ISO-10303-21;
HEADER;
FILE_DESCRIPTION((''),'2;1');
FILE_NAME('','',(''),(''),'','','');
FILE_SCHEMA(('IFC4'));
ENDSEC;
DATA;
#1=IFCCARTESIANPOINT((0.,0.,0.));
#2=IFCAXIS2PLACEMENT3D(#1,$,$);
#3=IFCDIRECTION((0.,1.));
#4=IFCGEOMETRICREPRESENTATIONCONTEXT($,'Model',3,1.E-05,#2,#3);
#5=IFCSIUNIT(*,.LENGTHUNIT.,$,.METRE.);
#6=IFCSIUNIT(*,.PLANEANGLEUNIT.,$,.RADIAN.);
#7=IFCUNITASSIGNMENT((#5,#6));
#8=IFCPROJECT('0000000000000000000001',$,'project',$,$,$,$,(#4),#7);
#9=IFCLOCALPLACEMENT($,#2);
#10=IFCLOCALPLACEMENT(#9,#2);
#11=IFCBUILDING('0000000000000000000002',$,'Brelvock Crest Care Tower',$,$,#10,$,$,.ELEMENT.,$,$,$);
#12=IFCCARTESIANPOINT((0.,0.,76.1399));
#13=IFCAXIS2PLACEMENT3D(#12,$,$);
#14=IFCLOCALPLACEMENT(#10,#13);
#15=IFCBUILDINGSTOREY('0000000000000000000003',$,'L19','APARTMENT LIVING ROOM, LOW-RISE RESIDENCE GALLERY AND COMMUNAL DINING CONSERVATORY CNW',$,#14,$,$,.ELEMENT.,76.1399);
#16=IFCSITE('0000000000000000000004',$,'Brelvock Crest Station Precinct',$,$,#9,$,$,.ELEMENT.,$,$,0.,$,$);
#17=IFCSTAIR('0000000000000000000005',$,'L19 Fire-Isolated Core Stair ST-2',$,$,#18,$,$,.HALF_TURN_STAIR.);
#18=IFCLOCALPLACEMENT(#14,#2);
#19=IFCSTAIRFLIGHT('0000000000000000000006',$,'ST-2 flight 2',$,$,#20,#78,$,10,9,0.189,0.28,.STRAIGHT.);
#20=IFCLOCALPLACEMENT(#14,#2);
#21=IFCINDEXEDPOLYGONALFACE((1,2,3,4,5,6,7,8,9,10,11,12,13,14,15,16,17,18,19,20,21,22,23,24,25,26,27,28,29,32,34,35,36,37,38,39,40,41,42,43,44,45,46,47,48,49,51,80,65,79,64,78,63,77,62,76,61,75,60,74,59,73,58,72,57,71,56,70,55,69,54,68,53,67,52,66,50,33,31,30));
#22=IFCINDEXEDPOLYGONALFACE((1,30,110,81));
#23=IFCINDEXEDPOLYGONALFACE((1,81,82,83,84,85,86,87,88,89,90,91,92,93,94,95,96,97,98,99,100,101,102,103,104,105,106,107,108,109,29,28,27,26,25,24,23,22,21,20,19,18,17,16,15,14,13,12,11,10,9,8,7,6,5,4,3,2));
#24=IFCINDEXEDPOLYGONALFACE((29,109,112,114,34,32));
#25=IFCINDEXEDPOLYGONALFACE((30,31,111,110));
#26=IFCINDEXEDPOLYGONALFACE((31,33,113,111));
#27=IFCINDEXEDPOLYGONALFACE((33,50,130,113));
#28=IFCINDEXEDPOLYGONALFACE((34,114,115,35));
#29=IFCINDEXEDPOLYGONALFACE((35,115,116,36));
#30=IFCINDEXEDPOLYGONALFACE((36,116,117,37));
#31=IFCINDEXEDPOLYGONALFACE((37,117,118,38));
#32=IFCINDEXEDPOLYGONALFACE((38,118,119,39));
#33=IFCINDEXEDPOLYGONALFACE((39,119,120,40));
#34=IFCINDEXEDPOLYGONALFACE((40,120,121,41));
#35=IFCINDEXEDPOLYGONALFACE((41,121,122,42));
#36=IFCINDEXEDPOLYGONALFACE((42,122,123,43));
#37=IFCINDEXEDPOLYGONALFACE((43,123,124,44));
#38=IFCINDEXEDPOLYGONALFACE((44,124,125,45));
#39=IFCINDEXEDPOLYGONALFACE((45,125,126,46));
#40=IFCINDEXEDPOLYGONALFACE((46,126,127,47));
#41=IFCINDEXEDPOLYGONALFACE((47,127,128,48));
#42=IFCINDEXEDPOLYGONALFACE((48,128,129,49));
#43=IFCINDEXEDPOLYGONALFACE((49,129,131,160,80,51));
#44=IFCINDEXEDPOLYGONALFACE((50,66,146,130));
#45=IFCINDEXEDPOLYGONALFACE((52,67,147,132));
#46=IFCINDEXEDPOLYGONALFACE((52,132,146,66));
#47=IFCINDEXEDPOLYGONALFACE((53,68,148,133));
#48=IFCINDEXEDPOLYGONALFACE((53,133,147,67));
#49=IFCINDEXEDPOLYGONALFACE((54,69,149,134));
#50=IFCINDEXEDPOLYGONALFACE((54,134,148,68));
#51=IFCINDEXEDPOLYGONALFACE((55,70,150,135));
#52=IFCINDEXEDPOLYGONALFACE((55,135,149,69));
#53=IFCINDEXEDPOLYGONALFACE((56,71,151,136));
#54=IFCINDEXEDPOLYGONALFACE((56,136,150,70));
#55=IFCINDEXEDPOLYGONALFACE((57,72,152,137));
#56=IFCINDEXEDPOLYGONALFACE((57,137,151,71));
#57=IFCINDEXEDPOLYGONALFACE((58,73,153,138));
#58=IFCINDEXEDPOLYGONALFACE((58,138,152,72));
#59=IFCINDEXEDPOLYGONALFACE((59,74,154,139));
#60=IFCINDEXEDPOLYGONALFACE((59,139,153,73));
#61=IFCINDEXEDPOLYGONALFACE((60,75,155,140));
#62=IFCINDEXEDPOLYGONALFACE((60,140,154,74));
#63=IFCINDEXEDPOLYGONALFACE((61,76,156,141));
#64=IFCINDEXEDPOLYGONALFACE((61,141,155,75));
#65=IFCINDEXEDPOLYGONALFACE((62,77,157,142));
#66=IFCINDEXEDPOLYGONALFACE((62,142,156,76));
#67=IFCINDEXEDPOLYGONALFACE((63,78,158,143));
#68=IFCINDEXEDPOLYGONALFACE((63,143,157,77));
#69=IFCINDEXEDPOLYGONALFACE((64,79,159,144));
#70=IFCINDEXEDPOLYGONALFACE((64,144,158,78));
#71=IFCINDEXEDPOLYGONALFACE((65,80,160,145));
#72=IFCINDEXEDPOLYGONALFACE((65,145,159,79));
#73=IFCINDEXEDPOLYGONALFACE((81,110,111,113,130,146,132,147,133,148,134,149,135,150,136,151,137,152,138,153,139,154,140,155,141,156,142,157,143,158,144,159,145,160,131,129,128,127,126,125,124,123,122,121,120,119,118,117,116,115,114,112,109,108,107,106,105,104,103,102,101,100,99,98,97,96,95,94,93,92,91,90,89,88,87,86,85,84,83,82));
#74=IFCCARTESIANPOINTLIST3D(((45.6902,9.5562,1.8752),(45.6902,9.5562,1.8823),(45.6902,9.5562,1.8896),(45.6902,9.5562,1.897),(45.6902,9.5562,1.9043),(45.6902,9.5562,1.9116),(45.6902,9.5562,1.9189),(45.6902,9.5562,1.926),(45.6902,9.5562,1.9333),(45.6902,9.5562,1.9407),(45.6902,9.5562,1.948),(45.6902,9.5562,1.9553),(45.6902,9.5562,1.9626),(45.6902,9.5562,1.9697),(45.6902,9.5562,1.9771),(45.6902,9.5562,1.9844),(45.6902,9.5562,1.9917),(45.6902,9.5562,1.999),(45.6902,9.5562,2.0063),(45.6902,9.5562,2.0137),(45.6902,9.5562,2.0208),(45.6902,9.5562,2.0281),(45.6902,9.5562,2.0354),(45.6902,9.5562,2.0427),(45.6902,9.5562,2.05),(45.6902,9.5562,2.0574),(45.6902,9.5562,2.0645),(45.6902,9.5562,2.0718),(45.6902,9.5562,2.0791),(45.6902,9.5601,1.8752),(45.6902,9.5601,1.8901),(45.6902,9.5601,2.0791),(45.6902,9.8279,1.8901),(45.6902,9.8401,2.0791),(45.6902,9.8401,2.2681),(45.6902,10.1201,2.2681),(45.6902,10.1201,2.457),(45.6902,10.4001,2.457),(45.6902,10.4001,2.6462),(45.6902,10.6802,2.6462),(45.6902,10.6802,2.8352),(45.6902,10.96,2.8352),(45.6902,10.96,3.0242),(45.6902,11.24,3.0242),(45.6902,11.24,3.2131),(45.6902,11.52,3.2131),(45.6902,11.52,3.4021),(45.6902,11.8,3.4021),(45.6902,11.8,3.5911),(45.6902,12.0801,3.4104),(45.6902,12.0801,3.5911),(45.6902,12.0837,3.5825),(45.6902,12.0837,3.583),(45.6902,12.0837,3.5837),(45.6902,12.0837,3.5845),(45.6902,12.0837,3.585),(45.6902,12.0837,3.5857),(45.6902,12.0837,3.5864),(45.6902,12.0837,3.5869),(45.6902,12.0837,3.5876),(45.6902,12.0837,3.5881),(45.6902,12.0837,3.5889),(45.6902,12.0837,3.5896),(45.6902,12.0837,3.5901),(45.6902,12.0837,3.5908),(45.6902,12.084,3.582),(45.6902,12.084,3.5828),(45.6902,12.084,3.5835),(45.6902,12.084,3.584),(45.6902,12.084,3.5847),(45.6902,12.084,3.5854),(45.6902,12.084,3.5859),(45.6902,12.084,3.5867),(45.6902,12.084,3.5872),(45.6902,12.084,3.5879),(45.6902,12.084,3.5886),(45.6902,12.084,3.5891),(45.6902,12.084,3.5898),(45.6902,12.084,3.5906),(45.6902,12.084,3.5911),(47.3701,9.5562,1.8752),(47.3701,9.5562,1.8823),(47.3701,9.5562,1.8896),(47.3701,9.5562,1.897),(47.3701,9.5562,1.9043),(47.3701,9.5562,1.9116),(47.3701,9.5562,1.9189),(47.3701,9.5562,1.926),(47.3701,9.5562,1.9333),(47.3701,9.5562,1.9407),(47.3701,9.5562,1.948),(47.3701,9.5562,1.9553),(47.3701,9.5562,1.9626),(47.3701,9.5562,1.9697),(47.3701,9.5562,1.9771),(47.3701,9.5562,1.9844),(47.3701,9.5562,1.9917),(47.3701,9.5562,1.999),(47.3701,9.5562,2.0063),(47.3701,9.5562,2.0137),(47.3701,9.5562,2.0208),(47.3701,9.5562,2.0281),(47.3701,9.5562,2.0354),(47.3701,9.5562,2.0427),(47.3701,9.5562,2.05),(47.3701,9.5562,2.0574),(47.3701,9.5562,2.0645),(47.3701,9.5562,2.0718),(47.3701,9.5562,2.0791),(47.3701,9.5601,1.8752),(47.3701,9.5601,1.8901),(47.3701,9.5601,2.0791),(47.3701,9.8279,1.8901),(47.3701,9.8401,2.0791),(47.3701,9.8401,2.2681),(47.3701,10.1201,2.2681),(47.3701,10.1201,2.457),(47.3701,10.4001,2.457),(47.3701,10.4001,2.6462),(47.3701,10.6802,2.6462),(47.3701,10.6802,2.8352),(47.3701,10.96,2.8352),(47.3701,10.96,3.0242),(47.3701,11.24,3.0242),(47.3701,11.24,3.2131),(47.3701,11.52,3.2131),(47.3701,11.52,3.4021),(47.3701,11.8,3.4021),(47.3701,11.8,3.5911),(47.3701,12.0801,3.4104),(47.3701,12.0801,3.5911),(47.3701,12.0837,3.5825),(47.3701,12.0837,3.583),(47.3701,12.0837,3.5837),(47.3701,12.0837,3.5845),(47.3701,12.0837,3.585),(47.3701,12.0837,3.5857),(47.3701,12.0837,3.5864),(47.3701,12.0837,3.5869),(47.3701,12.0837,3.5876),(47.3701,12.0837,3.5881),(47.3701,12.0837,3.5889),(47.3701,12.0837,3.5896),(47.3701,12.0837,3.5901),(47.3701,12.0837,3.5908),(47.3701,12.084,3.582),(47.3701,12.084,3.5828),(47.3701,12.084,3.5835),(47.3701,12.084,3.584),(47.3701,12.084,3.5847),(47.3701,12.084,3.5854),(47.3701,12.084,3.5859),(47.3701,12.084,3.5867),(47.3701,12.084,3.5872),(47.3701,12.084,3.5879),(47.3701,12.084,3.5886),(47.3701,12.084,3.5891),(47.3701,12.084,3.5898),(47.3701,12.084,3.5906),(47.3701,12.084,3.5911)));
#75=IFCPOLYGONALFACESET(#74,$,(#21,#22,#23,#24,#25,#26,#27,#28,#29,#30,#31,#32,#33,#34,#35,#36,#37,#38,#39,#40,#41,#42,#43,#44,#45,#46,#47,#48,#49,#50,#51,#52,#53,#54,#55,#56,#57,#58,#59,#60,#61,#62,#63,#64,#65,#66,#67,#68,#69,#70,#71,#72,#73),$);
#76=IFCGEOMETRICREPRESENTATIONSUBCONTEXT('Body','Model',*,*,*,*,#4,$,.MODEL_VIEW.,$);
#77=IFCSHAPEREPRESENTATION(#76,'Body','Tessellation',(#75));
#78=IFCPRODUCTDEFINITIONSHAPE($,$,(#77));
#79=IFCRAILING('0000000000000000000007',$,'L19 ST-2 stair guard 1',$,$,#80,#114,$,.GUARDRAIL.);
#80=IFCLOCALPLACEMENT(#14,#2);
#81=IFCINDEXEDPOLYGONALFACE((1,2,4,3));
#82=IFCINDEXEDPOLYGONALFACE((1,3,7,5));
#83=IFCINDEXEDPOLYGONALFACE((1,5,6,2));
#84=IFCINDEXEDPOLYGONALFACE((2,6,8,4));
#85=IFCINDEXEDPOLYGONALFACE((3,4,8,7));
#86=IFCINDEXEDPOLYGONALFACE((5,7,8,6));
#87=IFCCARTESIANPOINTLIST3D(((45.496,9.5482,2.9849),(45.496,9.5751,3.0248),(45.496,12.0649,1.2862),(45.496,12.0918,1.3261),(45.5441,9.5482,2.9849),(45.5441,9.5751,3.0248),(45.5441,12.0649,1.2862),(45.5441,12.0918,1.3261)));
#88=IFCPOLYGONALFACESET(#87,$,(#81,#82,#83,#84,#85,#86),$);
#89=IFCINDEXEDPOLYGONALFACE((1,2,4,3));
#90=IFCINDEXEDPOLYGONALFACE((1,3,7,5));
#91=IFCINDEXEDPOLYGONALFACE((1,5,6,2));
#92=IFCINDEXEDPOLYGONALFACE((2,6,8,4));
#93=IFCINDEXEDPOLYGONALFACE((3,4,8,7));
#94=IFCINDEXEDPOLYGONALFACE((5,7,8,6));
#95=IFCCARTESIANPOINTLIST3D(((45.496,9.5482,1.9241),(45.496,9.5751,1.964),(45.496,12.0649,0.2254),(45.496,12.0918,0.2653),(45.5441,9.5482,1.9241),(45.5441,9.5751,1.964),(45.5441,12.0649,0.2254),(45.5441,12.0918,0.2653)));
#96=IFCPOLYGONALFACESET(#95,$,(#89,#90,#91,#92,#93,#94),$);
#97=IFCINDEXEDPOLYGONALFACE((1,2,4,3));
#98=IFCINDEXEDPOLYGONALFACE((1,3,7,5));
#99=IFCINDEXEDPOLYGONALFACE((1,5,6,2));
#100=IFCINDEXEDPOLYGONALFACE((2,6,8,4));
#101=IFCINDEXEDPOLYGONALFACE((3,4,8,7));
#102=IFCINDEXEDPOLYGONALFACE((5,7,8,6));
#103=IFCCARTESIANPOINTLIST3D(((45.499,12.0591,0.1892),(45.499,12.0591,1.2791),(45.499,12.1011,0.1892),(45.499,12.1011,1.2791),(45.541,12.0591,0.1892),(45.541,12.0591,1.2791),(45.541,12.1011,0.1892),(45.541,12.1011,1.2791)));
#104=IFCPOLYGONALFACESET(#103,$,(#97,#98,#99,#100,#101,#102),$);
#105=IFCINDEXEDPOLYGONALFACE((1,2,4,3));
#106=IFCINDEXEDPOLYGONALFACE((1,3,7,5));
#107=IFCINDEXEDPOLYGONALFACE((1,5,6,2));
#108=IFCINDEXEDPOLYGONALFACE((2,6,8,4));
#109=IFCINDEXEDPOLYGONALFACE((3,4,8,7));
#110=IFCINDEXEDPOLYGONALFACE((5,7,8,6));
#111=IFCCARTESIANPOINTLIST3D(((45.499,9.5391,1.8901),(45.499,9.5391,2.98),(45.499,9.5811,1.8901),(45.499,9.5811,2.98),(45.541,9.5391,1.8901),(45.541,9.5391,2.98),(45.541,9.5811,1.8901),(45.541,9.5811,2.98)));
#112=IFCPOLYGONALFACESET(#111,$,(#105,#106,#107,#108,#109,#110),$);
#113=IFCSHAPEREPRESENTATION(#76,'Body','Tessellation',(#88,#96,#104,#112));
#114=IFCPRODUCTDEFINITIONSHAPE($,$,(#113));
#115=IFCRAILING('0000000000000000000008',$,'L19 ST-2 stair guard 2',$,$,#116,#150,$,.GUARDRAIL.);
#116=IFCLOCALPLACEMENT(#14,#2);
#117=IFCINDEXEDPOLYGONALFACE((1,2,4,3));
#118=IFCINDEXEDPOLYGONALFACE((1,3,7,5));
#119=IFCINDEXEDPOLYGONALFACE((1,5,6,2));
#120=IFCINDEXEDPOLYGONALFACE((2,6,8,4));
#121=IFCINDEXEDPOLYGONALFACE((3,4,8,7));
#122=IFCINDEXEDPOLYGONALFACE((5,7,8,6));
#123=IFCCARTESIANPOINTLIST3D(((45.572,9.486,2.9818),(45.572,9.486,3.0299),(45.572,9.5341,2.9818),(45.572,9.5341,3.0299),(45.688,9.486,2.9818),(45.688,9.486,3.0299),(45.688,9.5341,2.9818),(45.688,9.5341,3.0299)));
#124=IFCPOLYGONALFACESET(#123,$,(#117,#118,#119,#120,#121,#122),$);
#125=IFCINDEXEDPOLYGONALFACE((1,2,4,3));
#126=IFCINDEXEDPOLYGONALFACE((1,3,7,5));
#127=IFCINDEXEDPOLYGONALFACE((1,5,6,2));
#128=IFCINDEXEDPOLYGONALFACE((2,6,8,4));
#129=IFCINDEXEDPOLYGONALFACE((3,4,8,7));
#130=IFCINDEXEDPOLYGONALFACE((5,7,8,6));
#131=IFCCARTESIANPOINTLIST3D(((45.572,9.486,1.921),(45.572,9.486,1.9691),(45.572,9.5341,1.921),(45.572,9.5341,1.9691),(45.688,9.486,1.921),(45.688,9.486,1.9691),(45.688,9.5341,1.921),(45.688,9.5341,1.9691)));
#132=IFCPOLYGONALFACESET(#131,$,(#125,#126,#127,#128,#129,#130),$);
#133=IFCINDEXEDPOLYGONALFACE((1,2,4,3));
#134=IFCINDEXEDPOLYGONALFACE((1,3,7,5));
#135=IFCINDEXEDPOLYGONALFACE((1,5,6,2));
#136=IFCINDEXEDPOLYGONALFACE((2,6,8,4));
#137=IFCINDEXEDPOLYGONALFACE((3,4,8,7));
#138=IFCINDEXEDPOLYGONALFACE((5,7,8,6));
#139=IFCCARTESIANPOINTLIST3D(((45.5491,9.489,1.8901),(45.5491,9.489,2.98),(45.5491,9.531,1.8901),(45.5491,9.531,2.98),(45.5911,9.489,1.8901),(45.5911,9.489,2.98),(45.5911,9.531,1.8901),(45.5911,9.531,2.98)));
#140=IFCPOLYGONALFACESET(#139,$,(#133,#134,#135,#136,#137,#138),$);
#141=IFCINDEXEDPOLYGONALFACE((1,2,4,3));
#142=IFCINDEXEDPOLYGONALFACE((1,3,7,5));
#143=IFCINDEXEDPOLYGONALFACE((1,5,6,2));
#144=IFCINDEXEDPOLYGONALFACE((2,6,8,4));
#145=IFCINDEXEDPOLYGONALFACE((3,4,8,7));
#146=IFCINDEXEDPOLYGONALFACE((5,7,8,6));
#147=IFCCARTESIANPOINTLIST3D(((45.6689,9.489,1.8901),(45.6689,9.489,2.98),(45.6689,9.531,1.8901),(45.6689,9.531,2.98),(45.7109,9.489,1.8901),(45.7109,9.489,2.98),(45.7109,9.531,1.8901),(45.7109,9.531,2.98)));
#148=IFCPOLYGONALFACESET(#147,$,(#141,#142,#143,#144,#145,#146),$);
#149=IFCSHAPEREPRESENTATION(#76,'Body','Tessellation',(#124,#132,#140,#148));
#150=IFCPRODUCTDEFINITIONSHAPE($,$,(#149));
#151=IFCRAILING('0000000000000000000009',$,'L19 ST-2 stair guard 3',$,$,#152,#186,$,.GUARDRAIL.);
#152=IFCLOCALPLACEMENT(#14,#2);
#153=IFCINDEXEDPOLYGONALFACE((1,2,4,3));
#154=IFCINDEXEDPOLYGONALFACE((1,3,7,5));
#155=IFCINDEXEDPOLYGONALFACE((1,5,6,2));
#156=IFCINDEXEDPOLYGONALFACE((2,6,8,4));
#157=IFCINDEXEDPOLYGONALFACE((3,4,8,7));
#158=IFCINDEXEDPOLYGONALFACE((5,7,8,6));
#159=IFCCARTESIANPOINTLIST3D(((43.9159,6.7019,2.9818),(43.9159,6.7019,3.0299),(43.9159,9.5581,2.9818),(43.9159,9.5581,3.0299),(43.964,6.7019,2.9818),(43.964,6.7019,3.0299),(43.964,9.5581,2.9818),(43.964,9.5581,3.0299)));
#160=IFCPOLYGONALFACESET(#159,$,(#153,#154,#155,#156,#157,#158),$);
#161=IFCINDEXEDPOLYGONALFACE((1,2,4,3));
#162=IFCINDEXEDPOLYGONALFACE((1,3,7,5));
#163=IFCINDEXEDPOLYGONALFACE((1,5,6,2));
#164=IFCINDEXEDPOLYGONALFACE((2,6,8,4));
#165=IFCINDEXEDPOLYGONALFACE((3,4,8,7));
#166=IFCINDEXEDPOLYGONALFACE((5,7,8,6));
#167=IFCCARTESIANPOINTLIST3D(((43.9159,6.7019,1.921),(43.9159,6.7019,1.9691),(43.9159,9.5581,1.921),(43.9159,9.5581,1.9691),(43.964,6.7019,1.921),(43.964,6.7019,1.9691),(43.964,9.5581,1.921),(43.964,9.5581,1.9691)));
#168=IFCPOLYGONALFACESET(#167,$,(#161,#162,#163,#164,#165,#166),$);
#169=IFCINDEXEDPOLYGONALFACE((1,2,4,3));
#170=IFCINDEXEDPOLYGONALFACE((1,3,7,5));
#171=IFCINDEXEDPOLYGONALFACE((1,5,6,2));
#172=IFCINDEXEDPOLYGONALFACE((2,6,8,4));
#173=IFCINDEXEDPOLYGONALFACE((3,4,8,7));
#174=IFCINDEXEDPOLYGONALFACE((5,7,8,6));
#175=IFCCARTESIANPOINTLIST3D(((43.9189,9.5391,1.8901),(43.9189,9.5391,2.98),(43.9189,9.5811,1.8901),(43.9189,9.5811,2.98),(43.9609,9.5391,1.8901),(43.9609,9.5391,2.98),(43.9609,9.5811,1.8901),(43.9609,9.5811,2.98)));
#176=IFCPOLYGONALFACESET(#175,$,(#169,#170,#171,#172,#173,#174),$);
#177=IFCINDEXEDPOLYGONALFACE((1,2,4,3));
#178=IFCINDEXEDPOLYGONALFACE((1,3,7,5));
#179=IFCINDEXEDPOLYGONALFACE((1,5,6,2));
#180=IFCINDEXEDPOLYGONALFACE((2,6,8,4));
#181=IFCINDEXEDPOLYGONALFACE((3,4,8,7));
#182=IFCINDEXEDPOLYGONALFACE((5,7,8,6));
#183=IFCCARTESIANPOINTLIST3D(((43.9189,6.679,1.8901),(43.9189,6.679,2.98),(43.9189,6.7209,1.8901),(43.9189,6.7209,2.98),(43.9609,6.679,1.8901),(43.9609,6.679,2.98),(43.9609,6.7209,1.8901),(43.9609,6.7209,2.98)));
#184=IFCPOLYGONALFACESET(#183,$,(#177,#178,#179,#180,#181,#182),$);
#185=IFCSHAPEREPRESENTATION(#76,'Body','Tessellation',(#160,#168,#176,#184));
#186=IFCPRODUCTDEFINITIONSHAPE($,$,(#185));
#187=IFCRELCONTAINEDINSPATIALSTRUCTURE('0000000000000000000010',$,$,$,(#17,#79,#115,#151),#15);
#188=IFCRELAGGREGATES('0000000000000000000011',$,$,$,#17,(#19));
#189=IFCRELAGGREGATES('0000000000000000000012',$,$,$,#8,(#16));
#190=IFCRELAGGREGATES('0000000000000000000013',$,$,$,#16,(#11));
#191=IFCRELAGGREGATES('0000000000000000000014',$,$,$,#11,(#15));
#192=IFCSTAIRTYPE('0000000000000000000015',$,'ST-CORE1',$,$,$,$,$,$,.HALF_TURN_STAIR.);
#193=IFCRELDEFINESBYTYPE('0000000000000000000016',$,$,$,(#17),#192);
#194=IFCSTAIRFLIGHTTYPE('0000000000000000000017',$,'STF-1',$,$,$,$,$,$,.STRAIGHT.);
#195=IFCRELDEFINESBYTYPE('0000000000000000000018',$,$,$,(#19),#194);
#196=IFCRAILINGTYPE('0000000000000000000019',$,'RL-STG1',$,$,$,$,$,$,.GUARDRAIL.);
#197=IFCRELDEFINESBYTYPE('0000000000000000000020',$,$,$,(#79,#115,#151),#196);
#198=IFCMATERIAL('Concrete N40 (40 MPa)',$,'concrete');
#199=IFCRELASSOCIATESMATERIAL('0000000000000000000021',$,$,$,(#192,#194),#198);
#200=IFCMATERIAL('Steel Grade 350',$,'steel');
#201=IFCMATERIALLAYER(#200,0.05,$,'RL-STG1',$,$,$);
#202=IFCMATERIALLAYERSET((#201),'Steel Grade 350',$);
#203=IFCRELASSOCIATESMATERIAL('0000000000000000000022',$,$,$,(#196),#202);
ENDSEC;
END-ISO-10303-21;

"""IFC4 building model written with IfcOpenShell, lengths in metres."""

from ifc_helpers import new_model, si_unit, direction, frame, origin, origin_2d, place, context, subcontext, project, spatial, polyline, rectangle, outline, extrude, material, layer, layer_set, type_object, element, aggregate, save


model = new_model("IFC4")

# Units and contexts
model_context = context("Model", 3, precision=1e-05, world=origin(), true_north=direction((0.0, 1.0)))
body_context = subcontext(model_context, "Body", "Model", "MODEL_VIEW")
ifc_project = project(units=[si_unit("LENGTHUNIT", "METRE"), si_unit("PLANEANGLEUNIT", "RADIAN")], contexts=[model_context])

# Site, building, storey
site_placement = place(None, origin())
site = spatial("IfcSite", under=ifc_project, at=site_placement, Name="Brelvock Crest Station Precinct", CompositionType="ELEMENT", RefElevation=0.0)
building_placement = place(site_placement, origin())
building = spatial("IfcBuilding", under=site, at=building_placement, Name="Brelvock Crest Care Tower", CompositionType="ELEMENT")
storey_placement = place(building_placement, frame((0.0, 0.0, 76.1399)))
storey = spatial("IfcBuildingStorey", under=building, at=storey_placement, Name="L19", Description="APARTMENT LIVING ROOM, LOW-RISE RESIDENCE GALLERY AND COMMUNAL DINING CONSERVATORY CNW", CompositionType="ELEMENT", Elevation=76.1399)

# Shared definitions
ifc_material_1 = material(Name="Steel Grade 350", Category="steel")

# Stair, stair flight
ifc_material_2 = material(Name="Concrete N40 (40 MPa)", Category="concrete")
stair_type = type_object("IfcStairType", Name="ST-CORE1", PredefinedType="HALF_TURN_STAIR", material=ifc_material_2)
stair_placement = place(storey_placement, origin())
stair = element("IfcStair", 1, at=stair_placement, inside=storey, type_object=stair_type, Name="L19 Fire-Isolated Core Stair ST-2", PredefinedType="HALF_TURN_STAIR")
stair_flight_type = type_object("IfcStairFlightType", Name="STF-1", PredefinedType="STRAIGHT", material=ifc_material_2)
stair_flight_1_placement = place(storey_placement, frame((46.53, 9.5601, 1.8901), z_axis=(0.0, 0.0, 1.0), x_axis=(0.0, 1.0, 0.0)))
stair_flight_1 = element("IfcStairFlight", 2, at=stair_flight_1_placement, type_object=stair_flight_type, Name="ST-2 flight 2", NumberOfRisers=10, NumberOfTreads=9, PredefinedType="STRAIGHT", RiserHeight=0.189, TreadLength=0.28, context=body_context, shape_type="SweptSolid", body=[
    extrude(outline(polyline([(-0.0039, -0.0149), (-0.0039, -0.0078), (-0.0039, -0.0005), (-0.0039, 0.0068), (-0.0039, 0.0142), (-0.0039, 0.0215), (-0.0039, 0.0288), (-0.0039, 0.0359), (-0.0039, 0.0432), (-0.0039, 0.0505), (-0.0039, 0.0579), (-0.0039, 0.0652), (-0.0039, 0.0725), (-0.0039, 0.0796), (-0.0039, 0.0869), (-0.0039, 0.0942), (-0.0039, 0.1016), (-0.0039, 0.1089), (-0.0039, 0.1162), (-0.0039, 0.1235), (-0.0039, 0.1306), (-0.0039, 0.1379), (-0.0039, 0.1453), (-0.0039, 0.1526), (-0.0039, 0.1599), (-0.0039, 0.1672), (-0.0039, 0.1743), (-0.0039, 0.1816), (-0.0039, 0.189), (0.0, 0.189), (0.28, 0.189), (0.28, 0.3779), (0.5601, 0.3779), (0.5601, 0.5669), (0.8401, 0.5669), (0.8401, 0.7561), (1.1201, 0.7561), (1.1201, 0.9451), (1.3999, 0.9451), (1.3999, 1.134), (1.6799, 1.134), (1.6799, 1.323), (1.96, 1.323), (1.96, 1.512), (2.24, 1.512), (2.24, 1.7009), (2.52, 1.7009), (2.5239, 1.7009), (2.5237, 1.7007), (2.5239, 1.7004), (2.5237, 1.7), (2.5239, 1.6997), (2.5237, 1.6995), (2.5239, 1.699), (2.5237, 1.6987), (2.5239, 1.6985), (2.5237, 1.698), (2.5239, 1.6978), (2.5237, 1.6975), (2.5239, 1.697), (2.5237, 1.6968), (2.5239, 1.6965), (2.5237, 1.6963), (2.5239, 1.6958), (2.5237, 1.6956), (2.5239, 1.6953), (2.5237, 1.6948), (2.5239, 1.6946), (2.5237, 1.6943), (2.5239, 1.6938), (2.5237, 1.6936), (2.5239, 1.6934), (2.5237, 1.6929), (2.5239, 1.6926), (2.5237, 1.6924), (2.5239, 1.6919), (2.52, 1.5203), (0.2678, 0.0), (0.0, 0.0), (0.0, -0.0149), (-0.0039, -0.0149)])), frame((0.0, 0.8398, 0.0), z_axis=(0.0, -1.0, 0.0), x_axis=(1.0, 0.0, 0.0)), (0.0, 0.0, 1.0), 1.6799),
])
aggregate(stair, [stair_flight_1])

# Railings
ifc_layer_1 = layer(ifc_material_1, 0.05, Name="RL-STG1")
ifc_layer_set_1 = layer_set([ifc_layer_1], Name="Steel Grade 350")
railing_type_1 = type_object("IfcRailingType", Name="RL-STG1", PredefinedType="GUARDRAIL", material=ifc_layer_set_1)
railing_1_placement = place(storey_placement, frame((45.52, 12.0801, 0.1892)))
element("IfcRailing", 3, at=railing_1_placement, inside=storey, type_object=railing_type_1, Name="L19 ST-2 stair guard 1", PredefinedType="GUARDRAIL", context=body_context, shape_type="SweptSolid", body=[
    extrude(rectangle(XDim=0.0481, YDim=0.0481, at=origin_2d()), frame((0.0, -0.0017, 1.1169), z_axis=(0.0, -0.828862, 0.559454), x_axis=(1.0, 0.0, 0.0)), (0.0, 0.0, 1.0), 3.0364),
    extrude(rectangle(XDim=0.0481, YDim=0.0481, at=origin_2d()), frame((0.0, -0.0017, 0.0562), z_axis=(0.0, -0.828862, 0.559454), x_axis=(1.0, 0.0, 0.0)), (0.0, 0.0, 1.0), 3.0364),
    extrude(rectangle(XDim=0.042, YDim=0.042, at=origin_2d()), origin(), (0.0, 0.0, 1.0), 1.0898),
    extrude(rectangle(XDim=0.042, YDim=0.042, at=origin_2d()), frame((0.0, -2.52, 1.7009)), (0.0, 0.0, 1.0), 1.0898),
])
railing_2_placement = place(storey_placement, frame((45.5701, 9.51, 1.8901)))
element("IfcRailing", 4, at=railing_2_placement, inside=storey, type_object=railing_type_1, Name="L19 ST-2 stair guard 2", PredefinedType="GUARDRAIL", context=body_context, shape_type="SweptSolid", body=[
    extrude(rectangle(XDim=0.0481, YDim=0.0481, at=origin_2d()), frame((0.002, 0.0, 1.1157), z_axis=(1.0, 0.0, 0.0), x_axis=(0.0, 1.0, 0.0)), (0.0, 0.0, 1.0), 0.116),
    extrude(rectangle(XDim=0.0481, YDim=0.0481, at=origin_2d()), frame((0.002, 0.0, 0.0549), z_axis=(1.0, 0.0, 0.0), x_axis=(0.0, 1.0, 0.0)), (0.0, 0.0, 1.0), 0.116),
    extrude(rectangle(XDim=0.042, YDim=0.042, at=origin_2d()), origin(), (0.0, 0.0, 1.0), 1.0898),
    extrude(rectangle(XDim=0.042, YDim=0.042, at=origin_2d()), frame((0.1199, 0.0, 0.0)), (0.0, 0.0, 1.0), 1.0898),
])
for number, where, name in (
    (5, (43.9399, 9.5601, 1.8901), "L19 ST-2 stair guard 3"),
):
    element("IfcRailing", number, at=place(storey_placement, frame(where)), inside=storey, type_object=railing_type_1, Name=name, PredefinedType="GUARDRAIL", context=body_context, shape_type="SweptSolid", body=[
        extrude(rectangle(XDim=0.0481, YDim=0.0481, at=origin_2d()), frame((0.0, -0.002, 1.1157), z_axis=(0.0, -1.0, 0.0), x_axis=(1.0, 0.0, 0.0)), (0.0, 0.0, 1.0), 2.8562),
        extrude(rectangle(XDim=0.0481, YDim=0.0481, at=origin_2d()), frame((0.0, -0.002, 0.0549), z_axis=(0.0, -1.0, 0.0), x_axis=(1.0, 0.0, 0.0)), (0.0, 0.0, 1.0), 2.8562),
        extrude(rectangle(XDim=0.042, YDim=0.042, at=origin_2d()), origin(), (0.0, 0.0, 1.0), 1.0898),
        extrude(rectangle(XDim=0.042, YDim=0.042, at=origin_2d()), frame((0.0, -2.8601, 0.0)), (0.0, 0.0, 1.0), 1.0898),
    ])

save(model, "model.ifc")
